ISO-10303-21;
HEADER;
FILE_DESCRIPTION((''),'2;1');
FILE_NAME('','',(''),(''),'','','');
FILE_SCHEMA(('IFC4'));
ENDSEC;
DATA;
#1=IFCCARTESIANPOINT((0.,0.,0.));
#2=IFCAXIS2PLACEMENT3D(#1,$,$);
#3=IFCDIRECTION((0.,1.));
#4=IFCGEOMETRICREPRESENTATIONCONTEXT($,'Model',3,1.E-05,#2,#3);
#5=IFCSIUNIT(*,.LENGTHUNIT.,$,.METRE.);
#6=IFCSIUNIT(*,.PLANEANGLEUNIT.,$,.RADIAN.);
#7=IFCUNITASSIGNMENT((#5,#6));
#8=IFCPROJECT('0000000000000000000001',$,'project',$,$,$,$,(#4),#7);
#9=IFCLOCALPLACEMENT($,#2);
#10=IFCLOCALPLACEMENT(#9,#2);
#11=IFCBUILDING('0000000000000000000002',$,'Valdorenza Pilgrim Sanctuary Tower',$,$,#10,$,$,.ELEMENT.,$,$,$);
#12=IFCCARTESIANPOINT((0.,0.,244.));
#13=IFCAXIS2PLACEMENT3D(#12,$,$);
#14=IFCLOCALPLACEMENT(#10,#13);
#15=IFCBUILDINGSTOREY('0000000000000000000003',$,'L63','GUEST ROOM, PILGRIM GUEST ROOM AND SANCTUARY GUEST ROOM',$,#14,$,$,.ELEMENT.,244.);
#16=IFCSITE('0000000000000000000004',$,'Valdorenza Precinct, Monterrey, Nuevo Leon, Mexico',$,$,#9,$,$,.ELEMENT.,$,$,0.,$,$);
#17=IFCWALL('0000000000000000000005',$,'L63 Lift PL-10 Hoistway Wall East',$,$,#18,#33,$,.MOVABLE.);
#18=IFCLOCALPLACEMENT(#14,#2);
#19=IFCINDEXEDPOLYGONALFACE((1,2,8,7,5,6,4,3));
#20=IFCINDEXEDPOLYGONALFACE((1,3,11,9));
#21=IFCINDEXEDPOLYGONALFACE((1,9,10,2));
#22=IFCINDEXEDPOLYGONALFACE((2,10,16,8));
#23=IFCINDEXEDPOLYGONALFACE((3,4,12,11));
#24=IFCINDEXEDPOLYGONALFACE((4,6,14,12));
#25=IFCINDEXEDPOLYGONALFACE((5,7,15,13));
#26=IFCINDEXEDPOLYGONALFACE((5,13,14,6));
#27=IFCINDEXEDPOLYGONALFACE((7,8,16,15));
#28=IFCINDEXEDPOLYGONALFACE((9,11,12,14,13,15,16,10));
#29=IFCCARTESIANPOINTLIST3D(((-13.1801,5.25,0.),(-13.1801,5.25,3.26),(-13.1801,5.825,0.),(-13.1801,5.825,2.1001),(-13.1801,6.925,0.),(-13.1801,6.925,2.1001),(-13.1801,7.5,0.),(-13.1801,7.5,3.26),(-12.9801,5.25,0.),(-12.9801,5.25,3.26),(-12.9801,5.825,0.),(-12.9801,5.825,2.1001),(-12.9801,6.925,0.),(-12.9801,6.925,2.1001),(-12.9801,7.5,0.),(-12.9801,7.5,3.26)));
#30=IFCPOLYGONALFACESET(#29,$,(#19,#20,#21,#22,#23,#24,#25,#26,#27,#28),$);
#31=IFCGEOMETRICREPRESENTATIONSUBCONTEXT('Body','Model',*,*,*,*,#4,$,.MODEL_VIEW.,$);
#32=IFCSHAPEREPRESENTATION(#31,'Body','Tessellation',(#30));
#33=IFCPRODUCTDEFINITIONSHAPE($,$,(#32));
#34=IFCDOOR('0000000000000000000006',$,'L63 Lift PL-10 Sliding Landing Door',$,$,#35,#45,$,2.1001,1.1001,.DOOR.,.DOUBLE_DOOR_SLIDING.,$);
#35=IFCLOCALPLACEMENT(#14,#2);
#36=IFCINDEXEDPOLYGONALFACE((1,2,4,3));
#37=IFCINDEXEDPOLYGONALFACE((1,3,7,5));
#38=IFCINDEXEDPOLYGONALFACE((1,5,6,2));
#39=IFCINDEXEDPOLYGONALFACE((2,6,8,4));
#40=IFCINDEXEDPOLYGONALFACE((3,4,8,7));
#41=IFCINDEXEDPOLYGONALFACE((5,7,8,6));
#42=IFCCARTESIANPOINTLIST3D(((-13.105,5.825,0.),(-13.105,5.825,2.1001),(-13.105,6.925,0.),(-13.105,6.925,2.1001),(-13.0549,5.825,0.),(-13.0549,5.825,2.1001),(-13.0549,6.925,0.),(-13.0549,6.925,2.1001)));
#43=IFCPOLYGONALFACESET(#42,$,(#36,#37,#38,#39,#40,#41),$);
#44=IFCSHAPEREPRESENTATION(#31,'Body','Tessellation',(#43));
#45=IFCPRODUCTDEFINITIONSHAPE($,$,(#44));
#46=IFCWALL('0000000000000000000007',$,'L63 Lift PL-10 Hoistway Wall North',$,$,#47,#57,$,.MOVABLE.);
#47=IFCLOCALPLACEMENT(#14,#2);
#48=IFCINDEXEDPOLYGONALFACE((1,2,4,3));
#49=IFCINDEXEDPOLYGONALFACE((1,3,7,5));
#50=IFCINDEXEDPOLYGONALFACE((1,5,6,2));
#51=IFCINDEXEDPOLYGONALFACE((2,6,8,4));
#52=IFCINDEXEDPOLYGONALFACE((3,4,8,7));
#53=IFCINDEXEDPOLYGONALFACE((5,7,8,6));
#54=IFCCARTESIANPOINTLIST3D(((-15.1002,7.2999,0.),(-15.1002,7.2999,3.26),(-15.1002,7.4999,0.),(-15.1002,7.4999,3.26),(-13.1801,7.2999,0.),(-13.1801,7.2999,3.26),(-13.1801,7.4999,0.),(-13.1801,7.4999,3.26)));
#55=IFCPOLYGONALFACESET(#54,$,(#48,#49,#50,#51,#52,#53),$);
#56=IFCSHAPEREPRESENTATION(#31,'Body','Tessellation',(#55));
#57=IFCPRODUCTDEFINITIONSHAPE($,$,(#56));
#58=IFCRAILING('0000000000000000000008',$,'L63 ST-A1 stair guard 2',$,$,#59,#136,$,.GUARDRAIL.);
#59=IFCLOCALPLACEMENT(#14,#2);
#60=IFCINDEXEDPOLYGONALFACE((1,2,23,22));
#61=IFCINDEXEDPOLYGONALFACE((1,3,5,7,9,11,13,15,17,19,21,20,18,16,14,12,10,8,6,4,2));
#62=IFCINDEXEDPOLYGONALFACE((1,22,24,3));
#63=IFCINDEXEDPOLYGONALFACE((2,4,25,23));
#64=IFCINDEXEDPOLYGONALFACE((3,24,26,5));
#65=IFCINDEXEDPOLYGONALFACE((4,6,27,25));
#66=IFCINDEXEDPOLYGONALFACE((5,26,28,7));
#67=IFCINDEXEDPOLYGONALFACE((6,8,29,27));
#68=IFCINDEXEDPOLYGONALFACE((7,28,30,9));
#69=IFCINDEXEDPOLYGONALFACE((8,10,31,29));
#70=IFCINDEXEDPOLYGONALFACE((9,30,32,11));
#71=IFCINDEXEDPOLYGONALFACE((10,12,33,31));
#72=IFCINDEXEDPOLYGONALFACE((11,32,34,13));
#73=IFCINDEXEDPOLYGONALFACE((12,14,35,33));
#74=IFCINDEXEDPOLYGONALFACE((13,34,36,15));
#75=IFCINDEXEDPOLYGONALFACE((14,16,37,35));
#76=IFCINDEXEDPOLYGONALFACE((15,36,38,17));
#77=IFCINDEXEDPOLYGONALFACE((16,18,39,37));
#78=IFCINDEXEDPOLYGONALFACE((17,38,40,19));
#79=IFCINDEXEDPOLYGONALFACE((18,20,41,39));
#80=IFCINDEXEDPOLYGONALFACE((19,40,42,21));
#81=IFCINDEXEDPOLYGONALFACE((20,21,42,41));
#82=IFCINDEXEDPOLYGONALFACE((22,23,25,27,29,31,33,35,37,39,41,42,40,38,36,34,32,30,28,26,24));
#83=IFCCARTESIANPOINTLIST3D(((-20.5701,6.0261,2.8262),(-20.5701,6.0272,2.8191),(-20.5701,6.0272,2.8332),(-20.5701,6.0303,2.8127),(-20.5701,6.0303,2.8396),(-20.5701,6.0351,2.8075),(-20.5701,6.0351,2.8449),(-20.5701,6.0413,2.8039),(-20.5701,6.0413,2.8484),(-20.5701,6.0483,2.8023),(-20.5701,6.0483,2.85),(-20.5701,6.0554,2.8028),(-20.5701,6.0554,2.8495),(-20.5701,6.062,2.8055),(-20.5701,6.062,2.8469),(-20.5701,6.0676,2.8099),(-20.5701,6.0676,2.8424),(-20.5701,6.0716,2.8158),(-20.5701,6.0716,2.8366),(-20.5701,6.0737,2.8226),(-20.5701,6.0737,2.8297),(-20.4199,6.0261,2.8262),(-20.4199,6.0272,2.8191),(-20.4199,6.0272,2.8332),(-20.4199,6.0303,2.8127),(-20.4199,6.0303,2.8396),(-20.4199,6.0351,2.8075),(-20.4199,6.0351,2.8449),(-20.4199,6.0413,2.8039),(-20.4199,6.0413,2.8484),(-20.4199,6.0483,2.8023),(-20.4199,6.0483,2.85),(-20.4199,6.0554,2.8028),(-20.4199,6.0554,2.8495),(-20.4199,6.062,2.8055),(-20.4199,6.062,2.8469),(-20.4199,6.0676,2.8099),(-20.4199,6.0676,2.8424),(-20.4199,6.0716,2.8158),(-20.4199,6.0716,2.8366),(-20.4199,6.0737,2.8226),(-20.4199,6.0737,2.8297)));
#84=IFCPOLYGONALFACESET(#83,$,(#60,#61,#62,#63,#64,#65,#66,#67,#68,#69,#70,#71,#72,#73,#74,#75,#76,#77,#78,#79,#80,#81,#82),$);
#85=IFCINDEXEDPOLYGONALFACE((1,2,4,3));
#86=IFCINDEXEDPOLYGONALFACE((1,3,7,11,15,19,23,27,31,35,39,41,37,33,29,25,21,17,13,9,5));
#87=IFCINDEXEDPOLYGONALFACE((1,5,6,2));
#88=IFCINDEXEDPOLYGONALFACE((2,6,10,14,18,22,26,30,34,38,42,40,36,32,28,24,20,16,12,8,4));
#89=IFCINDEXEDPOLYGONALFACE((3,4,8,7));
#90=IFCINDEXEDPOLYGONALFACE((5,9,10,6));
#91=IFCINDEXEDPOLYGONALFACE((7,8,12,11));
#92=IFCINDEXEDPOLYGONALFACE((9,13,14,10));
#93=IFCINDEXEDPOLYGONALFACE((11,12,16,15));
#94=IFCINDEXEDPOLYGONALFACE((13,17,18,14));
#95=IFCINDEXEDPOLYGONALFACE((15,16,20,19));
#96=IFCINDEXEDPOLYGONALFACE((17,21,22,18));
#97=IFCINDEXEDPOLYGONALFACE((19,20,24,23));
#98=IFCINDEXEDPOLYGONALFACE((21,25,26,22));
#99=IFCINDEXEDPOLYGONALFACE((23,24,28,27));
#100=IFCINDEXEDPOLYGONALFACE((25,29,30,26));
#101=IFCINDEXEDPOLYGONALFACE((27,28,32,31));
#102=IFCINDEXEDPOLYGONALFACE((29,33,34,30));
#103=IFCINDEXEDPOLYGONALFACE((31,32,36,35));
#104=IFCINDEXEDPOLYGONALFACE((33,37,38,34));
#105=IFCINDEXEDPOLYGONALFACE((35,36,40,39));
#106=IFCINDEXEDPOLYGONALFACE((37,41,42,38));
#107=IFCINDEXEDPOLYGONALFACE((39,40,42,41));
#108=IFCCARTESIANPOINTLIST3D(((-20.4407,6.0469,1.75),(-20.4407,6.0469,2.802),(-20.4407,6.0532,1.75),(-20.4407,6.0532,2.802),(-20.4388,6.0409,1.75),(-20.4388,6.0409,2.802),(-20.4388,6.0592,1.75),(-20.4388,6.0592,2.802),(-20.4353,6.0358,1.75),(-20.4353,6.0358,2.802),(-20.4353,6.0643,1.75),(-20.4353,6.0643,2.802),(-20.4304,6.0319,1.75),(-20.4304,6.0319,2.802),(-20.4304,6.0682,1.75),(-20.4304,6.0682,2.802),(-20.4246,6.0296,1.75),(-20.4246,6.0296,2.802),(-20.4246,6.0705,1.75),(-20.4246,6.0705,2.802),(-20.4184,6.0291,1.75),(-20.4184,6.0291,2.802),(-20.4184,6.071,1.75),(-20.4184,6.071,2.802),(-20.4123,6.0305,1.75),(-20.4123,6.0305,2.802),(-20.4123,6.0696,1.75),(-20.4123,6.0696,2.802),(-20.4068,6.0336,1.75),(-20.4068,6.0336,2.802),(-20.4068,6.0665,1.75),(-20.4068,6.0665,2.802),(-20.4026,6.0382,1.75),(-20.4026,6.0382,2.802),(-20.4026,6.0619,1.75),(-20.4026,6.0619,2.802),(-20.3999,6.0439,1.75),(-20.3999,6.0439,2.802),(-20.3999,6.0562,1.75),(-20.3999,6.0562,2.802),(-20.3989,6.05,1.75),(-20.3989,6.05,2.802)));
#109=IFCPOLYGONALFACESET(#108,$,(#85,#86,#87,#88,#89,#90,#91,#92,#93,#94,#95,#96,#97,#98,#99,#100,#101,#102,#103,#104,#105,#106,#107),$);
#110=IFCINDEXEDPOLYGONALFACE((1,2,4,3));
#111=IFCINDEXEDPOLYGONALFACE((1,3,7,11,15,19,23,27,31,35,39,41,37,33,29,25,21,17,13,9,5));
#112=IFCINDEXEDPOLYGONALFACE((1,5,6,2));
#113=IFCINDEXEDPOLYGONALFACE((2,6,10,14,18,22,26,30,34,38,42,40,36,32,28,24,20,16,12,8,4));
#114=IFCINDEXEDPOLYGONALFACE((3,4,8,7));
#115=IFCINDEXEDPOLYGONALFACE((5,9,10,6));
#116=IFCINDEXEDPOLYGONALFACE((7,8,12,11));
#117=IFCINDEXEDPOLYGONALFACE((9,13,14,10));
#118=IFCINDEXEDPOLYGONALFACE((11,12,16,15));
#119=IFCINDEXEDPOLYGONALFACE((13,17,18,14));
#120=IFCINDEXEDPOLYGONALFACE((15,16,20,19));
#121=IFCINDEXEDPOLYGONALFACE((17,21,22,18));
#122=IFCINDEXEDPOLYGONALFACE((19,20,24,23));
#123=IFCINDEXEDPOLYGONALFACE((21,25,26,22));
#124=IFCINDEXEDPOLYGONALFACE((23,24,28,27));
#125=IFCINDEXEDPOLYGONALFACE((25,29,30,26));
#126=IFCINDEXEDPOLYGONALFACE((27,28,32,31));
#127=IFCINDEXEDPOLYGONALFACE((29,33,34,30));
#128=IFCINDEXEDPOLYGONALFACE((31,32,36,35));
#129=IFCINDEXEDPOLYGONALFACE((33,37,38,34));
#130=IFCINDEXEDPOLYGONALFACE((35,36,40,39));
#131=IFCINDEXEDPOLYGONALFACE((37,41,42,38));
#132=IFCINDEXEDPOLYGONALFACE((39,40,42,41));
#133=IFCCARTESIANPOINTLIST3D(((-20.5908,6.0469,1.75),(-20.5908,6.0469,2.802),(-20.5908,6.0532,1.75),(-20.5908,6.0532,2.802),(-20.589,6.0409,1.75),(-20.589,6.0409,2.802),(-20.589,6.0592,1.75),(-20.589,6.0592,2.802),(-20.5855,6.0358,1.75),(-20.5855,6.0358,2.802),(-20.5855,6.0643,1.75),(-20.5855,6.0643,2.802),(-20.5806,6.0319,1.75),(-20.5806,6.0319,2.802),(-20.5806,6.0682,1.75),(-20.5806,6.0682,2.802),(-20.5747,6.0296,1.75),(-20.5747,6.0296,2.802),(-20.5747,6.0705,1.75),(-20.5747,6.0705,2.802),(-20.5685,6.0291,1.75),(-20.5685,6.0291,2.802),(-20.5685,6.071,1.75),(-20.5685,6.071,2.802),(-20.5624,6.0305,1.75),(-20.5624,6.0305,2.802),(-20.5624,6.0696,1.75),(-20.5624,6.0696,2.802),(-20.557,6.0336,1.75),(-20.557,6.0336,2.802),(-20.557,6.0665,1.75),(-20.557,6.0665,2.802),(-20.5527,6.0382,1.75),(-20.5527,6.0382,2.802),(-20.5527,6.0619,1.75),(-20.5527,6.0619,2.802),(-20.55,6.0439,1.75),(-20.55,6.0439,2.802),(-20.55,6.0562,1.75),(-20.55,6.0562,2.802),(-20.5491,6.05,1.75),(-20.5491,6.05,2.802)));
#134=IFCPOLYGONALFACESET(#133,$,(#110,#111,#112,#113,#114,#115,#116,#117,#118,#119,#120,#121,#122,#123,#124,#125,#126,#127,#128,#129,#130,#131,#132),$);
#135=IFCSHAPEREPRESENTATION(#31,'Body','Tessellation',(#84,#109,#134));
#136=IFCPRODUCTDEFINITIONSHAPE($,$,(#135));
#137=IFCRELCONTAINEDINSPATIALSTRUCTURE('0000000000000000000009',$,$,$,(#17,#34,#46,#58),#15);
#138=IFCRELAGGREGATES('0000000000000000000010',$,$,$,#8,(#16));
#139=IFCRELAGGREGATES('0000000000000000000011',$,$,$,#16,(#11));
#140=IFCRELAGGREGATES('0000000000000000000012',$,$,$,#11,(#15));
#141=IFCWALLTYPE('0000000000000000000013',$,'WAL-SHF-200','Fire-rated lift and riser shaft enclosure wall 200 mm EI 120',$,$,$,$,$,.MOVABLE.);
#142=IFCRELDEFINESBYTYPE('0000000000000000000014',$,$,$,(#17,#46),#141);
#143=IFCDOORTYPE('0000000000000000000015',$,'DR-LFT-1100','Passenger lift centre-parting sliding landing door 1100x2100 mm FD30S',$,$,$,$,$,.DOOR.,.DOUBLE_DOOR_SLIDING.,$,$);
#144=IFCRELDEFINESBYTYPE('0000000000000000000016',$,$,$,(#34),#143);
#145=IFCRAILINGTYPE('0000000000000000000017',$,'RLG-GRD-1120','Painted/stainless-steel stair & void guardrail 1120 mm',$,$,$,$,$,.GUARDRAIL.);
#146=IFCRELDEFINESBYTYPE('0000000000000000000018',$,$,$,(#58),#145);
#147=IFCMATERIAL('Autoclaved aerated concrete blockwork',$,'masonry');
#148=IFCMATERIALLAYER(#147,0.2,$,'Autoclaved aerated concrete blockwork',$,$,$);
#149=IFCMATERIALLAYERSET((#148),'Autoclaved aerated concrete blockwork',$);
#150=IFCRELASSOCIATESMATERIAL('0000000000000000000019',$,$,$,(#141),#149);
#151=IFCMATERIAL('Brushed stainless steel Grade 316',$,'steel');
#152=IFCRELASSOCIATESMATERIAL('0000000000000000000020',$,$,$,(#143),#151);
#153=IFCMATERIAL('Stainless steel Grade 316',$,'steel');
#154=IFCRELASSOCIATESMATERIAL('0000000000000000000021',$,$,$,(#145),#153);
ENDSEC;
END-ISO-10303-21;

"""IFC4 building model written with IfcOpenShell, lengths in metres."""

from ifc_helpers import new_model, si_unit, direction, frame, frame_2d, origin, origin_2d, place, context, subcontext, project, spatial, rectangle, circle, extrude, material, layer, layer_set, type_object, element, fill, save


model = new_model("IFC4")

# Units and contexts
model_context = context("Model", 3, precision=1e-05, world=origin(), true_north=direction((0.0, 1.0)))
body_context = subcontext(model_context, "Body", "Model", "MODEL_VIEW")
ifc_project = project(units=[si_unit("LENGTHUNIT", "METRE"), si_unit("PLANEANGLEUNIT", "RADIAN")], contexts=[model_context])

# Site, building, storey
site_placement = place(None, origin())
site = spatial("IfcSite", under=ifc_project, at=site_placement, Name="Valdorenza Precinct, Monterrey, Nuevo Leon, Mexico", CompositionType="ELEMENT", RefElevation=0.0)
building_placement = place(site_placement, origin())
building = spatial("IfcBuilding", under=site, at=building_placement, Name="Valdorenza Pilgrim Sanctuary Tower", CompositionType="ELEMENT")
storey_placement = place(building_placement, frame((0.0, 0.0, 244.0)))
storey = spatial("IfcBuildingStorey", under=building, at=storey_placement, Name="L63", Description="GUEST ROOM, PILGRIM GUEST ROOM AND SANCTUARY GUEST ROOM", CompositionType="ELEMENT", Elevation=244.0)

# Shared definitions
ifc_material_1 = material(Name="Autoclaved aerated concrete blockwork", Category="masonry")
ifc_layer_1 = layer(ifc_material_1, 0.2, Name="Autoclaved aerated concrete blockwork")
ifc_layer_set_1 = layer_set([ifc_layer_1], Name="Autoclaved aerated concrete blockwork")
wall_type_1 = type_object("IfcWallType", Name="WAL-SHF-200", Description="Fire-rated lift and riser shaft enclosure wall 200 mm EI 120", PredefinedType="MOVABLE", material=ifc_layer_set_1)
ifc_material_2 = material(Name="Brushed stainless steel Grade 316", Category="steel")

# Wall, opening, door
wall_1_placement = place(storey_placement, frame((-13.0801, 5.25, 0.0), z_axis=(0.0, 0.0, 1.0), x_axis=(0.0, 1.0, 0.0)))
wall_1 = element("IfcWall", 1, at=wall_1_placement, inside=storey, type_object=wall_type_1, Name="L63 Lift PL-10 Hoistway Wall East", PredefinedType="MOVABLE", context=body_context, shape_type="SweptSolid", body=[
    extrude(rectangle(XDim=2.25, YDim=0.2, at=frame_2d((1.125, 0.0))), origin(), (0.0, 0.0, 1.0), 3.26),
])
opening_1_placement = place(wall_1_placement, frame((0.575, 0.0, 0.0)))
opening_1 = element("IfcOpeningElement", 2, at=opening_1_placement, cuts=wall_1, PredefinedType="OPENING", context=body_context, shape_type="SweptSolid", body=[
    extrude(rectangle(XDim=1.1001, YDim=2.1001, at=frame_2d((0.55, 1.05))), frame((0.0, 0.1147, 0.0), z_axis=(0.0, -1.0, 0.0), x_axis=(1.0, 0.0, 0.0)), (0.0, 0.0, 1.0), 0.2297),
])
door_type_1 = type_object("IfcDoorType", Name="DR-LFT-1100", Description="Passenger lift centre-parting sliding landing door 1100x2100 mm FD30S", OperationType="DOUBLE_DOOR_SLIDING", PredefinedType="DOOR", material=ifc_material_2)
door_1_placement = place(opening_1_placement, origin())
door_1 = element("IfcDoor", 3, at=door_1_placement, inside=storey, type_object=door_type_1, Name="L63 Lift PL-10 Sliding Landing Door", OperationType="DOUBLE_DOOR_SLIDING", OverallHeight=2.1001, OverallWidth=1.1001, PredefinedType="DOOR", context=body_context, shape_type="SweptSolid", body=[
    extrude(rectangle(XDim=1.1001, YDim=2.1001, at=frame_2d((0.55, 1.05))), frame((0.0, 0.0249, 0.0), z_axis=(0.0, -1.0, 0.0), x_axis=(1.0, 0.0, 0.0)), (0.0, 0.0, 1.0), 0.05),
])
fill(opening_1, door_1)

# Wall
wall_2_placement = place(storey_placement, frame((-15.1001, 7.3999, 0.0), z_axis=(0.0, 0.0, 1.0), x_axis=(1.0, 0.0, 0.0)))
element("IfcWall", 4, at=wall_2_placement, inside=storey, type_object=wall_type_1, Name="L63 Lift PL-10 Hoistway Wall North", PredefinedType="MOVABLE", context=body_context, shape_type="SweptSolid", body=[
    extrude(rectangle(XDim=1.9202, YDim=0.2, at=frame_2d((0.96, 0.0))), origin(), (0.0, 0.0, 1.0), 3.26),
])

# Railing
ifc_material_3 = material(Name="Stainless steel Grade 316", Category="steel")
railing_type = type_object("IfcRailingType", Name="RLG-GRD-1120", Description="Painted/stainless-steel stair & void guardrail 1120 mm", PredefinedType="GUARDRAIL", material=ifc_material_3)
railing_placement = place(storey_placement, frame((-20.4199, 6.05, 1.75)))
element("IfcRailing", 5, at=railing_placement, inside=storey, type_object=railing_type, Name="L63 ST-A1 stair guard 2", PredefinedType="GUARDRAIL", context=body_context, shape_type="SweptSolid", body=[
    extrude(circle(Radius=0.0239, at=origin_2d()), frame((0.0, 0.0, 1.0762), z_axis=(-1.0, 0.0, 0.0), x_axis=(0.0, -1.0, 0.0)), (0.0, 0.0, 1.0), 0.1501),
    extrude(circle(Radius=0.021, at=origin_2d()), origin(), (0.0, 0.0, 1.0), 1.052),
    extrude(circle(Radius=0.021, at=origin_2d()), frame((-0.1501, 0.0, 0.0)), (0.0, 0.0, 1.0), 1.052),
])

save(model, "model.ifc")
